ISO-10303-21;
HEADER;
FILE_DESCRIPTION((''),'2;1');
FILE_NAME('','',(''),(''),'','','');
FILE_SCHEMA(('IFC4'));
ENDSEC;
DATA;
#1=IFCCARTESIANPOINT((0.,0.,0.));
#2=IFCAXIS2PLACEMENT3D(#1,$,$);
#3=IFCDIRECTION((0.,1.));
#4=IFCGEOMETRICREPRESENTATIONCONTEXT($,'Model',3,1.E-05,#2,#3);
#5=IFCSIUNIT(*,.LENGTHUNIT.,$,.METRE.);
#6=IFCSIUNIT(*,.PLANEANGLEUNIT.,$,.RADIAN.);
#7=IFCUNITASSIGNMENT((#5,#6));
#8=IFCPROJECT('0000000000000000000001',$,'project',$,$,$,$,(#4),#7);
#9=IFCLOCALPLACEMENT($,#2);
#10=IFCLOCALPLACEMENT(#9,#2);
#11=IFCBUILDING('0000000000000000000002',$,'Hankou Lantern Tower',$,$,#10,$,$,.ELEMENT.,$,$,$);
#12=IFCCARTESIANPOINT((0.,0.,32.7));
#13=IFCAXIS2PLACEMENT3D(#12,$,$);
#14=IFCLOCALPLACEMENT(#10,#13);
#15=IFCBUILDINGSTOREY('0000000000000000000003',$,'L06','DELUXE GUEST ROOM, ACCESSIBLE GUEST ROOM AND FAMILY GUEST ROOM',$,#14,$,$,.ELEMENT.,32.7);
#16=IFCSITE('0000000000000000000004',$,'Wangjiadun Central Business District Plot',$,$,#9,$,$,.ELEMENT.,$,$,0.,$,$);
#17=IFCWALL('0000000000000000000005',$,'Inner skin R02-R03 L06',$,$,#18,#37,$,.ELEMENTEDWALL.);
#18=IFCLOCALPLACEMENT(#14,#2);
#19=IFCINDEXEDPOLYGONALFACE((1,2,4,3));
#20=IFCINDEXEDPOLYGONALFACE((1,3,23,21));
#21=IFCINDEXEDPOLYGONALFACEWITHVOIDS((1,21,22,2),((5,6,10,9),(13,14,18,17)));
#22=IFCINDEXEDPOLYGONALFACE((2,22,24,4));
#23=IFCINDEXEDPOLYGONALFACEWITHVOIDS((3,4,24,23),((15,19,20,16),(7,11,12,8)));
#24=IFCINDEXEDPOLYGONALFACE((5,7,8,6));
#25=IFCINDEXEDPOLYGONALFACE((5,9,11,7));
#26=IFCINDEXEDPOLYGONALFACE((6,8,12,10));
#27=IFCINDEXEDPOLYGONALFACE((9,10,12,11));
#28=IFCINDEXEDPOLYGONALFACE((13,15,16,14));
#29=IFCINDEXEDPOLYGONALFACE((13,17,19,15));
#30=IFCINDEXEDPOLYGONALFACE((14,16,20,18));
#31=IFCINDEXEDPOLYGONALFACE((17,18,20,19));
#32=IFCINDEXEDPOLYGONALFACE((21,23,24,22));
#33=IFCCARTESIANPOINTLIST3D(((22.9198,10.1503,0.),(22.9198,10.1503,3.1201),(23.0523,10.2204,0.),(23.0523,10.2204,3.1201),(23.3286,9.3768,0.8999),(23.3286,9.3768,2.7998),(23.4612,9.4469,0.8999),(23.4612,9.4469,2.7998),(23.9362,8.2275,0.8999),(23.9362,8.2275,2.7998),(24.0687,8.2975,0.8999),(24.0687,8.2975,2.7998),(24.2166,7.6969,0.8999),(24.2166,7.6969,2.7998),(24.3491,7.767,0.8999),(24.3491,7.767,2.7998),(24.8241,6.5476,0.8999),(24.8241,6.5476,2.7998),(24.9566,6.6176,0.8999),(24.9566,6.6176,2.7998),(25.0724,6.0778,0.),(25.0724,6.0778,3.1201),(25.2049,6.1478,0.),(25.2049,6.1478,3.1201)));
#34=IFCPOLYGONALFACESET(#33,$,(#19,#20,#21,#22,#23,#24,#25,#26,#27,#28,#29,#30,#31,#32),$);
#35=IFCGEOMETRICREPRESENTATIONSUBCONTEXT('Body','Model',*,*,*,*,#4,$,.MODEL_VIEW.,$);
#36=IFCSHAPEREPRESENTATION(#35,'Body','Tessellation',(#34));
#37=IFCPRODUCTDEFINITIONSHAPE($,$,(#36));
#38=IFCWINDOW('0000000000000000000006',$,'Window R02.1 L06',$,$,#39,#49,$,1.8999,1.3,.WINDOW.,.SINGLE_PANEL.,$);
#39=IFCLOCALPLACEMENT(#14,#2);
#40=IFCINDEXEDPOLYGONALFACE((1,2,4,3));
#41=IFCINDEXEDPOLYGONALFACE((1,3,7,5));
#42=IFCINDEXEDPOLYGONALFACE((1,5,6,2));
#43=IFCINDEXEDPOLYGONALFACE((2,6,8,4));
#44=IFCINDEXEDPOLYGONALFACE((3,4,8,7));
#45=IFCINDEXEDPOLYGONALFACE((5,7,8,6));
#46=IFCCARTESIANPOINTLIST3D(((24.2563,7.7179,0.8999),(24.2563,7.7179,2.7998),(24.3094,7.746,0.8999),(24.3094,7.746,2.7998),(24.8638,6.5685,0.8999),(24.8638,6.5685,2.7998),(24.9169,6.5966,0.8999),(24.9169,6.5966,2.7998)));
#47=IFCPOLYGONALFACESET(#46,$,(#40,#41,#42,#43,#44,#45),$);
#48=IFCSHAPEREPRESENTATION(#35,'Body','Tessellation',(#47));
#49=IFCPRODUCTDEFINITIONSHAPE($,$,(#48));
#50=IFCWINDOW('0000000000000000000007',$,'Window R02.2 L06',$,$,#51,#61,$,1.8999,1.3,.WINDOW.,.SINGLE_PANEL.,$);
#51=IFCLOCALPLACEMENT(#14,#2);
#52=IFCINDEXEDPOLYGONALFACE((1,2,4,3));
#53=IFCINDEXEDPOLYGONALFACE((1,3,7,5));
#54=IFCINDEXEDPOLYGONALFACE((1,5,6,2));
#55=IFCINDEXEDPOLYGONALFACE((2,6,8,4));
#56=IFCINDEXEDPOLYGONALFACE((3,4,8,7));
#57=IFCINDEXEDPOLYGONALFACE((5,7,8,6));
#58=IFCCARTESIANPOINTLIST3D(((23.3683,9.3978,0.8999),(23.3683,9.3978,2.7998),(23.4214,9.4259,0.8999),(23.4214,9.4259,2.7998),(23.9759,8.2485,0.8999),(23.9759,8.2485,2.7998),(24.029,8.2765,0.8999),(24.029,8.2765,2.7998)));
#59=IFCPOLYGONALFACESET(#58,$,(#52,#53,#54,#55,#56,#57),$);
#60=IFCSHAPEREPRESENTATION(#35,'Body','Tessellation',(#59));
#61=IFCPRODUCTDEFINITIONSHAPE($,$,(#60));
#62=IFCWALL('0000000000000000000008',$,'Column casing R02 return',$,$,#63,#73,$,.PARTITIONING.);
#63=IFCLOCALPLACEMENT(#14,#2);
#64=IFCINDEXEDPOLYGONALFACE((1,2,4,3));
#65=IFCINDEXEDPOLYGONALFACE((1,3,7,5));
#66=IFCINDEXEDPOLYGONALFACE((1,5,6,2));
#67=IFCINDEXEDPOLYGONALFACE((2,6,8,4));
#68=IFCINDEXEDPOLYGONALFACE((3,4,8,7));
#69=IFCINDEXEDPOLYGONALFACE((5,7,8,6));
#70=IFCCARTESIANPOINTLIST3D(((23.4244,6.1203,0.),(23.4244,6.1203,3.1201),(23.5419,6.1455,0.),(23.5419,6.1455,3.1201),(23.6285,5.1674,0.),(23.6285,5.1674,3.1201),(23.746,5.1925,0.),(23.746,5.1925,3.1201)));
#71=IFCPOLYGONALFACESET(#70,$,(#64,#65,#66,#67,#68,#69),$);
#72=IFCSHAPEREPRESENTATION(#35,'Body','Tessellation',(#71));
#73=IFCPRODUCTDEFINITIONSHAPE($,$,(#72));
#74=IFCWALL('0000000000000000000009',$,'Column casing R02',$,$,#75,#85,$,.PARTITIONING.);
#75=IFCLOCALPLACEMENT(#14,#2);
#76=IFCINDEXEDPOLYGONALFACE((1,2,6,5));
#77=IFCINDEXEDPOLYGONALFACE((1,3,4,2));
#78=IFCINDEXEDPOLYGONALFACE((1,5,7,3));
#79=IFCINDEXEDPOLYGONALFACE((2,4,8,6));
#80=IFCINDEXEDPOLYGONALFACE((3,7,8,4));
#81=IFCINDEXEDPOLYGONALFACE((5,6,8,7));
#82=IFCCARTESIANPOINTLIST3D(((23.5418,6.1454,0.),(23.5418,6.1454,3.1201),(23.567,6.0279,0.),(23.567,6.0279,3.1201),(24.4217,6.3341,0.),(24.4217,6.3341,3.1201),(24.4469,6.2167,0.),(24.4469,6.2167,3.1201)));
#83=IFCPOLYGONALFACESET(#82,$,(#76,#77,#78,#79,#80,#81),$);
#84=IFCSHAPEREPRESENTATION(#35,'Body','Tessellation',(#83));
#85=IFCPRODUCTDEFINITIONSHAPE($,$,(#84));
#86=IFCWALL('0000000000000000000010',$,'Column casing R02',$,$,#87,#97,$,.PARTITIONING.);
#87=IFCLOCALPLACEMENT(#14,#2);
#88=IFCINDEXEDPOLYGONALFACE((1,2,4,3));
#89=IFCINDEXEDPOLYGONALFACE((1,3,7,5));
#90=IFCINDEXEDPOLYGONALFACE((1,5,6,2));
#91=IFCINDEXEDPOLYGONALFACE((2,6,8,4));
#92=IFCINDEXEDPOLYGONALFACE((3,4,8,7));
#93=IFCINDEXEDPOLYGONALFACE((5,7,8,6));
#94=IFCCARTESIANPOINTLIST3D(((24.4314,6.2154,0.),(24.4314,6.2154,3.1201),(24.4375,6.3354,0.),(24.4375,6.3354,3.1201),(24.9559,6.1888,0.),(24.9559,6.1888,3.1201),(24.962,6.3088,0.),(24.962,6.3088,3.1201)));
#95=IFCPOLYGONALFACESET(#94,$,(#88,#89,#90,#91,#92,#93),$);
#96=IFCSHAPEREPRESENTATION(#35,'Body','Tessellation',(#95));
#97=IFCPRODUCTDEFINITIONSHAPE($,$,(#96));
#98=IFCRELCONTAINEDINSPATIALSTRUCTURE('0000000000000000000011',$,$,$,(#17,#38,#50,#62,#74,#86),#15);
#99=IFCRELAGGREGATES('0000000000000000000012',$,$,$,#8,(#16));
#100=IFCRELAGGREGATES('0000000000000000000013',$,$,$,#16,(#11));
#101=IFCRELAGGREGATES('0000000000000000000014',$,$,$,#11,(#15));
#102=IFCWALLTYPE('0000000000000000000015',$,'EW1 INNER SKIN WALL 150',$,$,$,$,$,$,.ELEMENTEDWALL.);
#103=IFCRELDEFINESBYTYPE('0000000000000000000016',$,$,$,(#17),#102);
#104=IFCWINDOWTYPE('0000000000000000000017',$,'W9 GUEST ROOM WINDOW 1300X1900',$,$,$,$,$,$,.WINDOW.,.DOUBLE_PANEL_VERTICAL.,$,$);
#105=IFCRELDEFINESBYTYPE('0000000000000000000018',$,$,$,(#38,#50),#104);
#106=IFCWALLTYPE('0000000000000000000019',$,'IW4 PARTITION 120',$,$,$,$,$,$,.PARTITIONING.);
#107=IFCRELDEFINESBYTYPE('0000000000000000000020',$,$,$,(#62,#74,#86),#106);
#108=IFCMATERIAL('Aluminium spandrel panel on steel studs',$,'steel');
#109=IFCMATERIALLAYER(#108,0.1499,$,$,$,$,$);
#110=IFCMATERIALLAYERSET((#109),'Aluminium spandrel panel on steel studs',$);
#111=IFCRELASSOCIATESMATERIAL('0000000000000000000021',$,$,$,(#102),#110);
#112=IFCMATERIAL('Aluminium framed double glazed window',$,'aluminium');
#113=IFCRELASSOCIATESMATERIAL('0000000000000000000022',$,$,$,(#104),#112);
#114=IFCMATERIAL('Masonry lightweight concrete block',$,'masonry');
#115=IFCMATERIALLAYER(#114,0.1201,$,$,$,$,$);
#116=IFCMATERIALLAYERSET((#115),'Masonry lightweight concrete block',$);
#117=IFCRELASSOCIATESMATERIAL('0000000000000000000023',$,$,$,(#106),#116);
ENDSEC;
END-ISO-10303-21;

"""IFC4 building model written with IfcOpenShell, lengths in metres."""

from ifc_helpers import new_model, si_unit, direction, frame, frame_2d, origin, place, context, subcontext, project, spatial, rectangle, extrude, material, layer, layer_set, type_object, element, fill, save


model = new_model("IFC4")

# Units and contexts
model_context = context("Model", 3, precision=1e-05, world=origin(), true_north=direction((0.0, 1.0)))
body_context = subcontext(model_context, "Body", "Model", "MODEL_VIEW")
ifc_project = project(units=[si_unit("LENGTHUNIT", "METRE"), si_unit("PLANEANGLEUNIT", "RADIAN")], contexts=[model_context])

# Site, building, storey
site_placement = place(None, origin())
site = spatial("IfcSite", under=ifc_project, at=site_placement, Name="Wangjiadun Central Business District Plot", CompositionType="ELEMENT", RefElevation=0.0)
building_placement = place(site_placement, origin())
building = spatial("IfcBuilding", under=site, at=building_placement, Name="Hankou Lantern Tower", CompositionType="ELEMENT")
storey_placement = place(building_placement, frame((0.0, 0.0, 32.7)))
storey = spatial("IfcBuildingStorey", under=building, at=storey_placement, Name="L06", Description="DELUXE GUEST ROOM, ACCESSIBLE GUEST ROOM AND FAMILY GUEST ROOM", CompositionType="ELEMENT", Elevation=32.7)

# Wall, openings, windows
ifc_material_1 = material(Name="Aluminium spandrel panel on steel studs", Category="steel")
ifc_layer_1 = layer(ifc_material_1, 0.1499)
ifc_layer_set_1 = layer_set([ifc_layer_1], Name="Aluminium spandrel panel on steel studs")
wall_type_1 = type_object("IfcWallType", Name="EW1 INNER SKIN WALL 150", PredefinedType="ELEMENTEDWALL", material=ifc_layer_set_1)
ifc_material_2 = material(Name="Aluminium framed double glazed window", Category="aluminium")
window_type = type_object("IfcWindowType", Name="W9 GUEST ROOM WINDOW 1300X1900", PartitioningType="DOUBLE_PANEL_VERTICAL", PredefinedType="WINDOW", material=ifc_material_2)
wall_1_placement = place(storey_placement, frame((25.1387, 6.1128, 0.0), z_axis=(0.0, 0.0, 1.0), x_axis=(-0.467303, 0.884097, 0.0)))
wall_1 = element("IfcWall", 1, at=wall_1_placement, inside=storey, type_object=wall_type_1, Name="Inner skin R02-R03 L06", PredefinedType="ELEMENTEDWALL", context=body_context, shape_type="SweptSolid", body=[
    extrude(rectangle(XDim=4.6064, YDim=0.1499, at=frame_2d((2.3032, 0.0))), origin(), (0.0, 0.0, 1.0), 3.1201),
])
opening_1_placement = place(wall_1_placement, frame((0.5315, 0.0, 0.8999)))
opening_1 = element("IfcOpeningElement", 2, at=opening_1_placement, cuts=wall_1, PredefinedType="OPENING", context=body_context, shape_type="SweptSolid", body=[
    extrude(rectangle(XDim=1.3, YDim=1.8999, at=frame_2d((0.6499, 0.95))), frame((0.0, 0.085, 0.0), z_axis=(0.0, -1.0, 0.0), x_axis=(1.0, 0.0, 0.0)), (0.0, 0.0, 1.0), 0.1699),
])
opening_2_placement = place(wall_1_placement, frame((2.4316, 0.0, 0.8999)))
opening_2 = element("IfcOpeningElement", 3, at=opening_2_placement, cuts=wall_1, PredefinedType="OPENING", context=body_context, shape_type="SweptSolid", body=[
    extrude(rectangle(XDim=1.3, YDim=1.8999, at=frame_2d((0.6499, 0.95))), frame((0.0, 0.085, 0.0), z_axis=(0.0, -1.0, 0.0), x_axis=(1.0, 0.0, 0.0)), (0.0, 0.0, 1.0), 0.1699),
])
window_1_placement = place(opening_1_placement, origin())
window_1 = element("IfcWindow", 4, at=window_1_placement, inside=storey, type_object=window_type, Name="Window R02.1 L06", OverallHeight=1.8999, OverallWidth=1.3, PartitioningType="SINGLE_PANEL", PredefinedType="WINDOW", context=body_context, shape_type="SweptSolid", body=[
    extrude(rectangle(XDim=1.3, YDim=1.8999, at=frame_2d((0.6499, 0.95))), frame((0.0, 0.03, 0.0), z_axis=(0.0, -1.0, 0.0), x_axis=(1.0, 0.0, 0.0)), (0.0, 0.0, 1.0), 0.0601),
])
fill(opening_1, window_1)
window_2_placement = place(opening_2_placement, origin())
window_2 = element("IfcWindow", 5, at=window_2_placement, inside=storey, type_object=window_type, Name="Window R02.2 L06", OverallHeight=1.8999, OverallWidth=1.3, PartitioningType="SINGLE_PANEL", PredefinedType="WINDOW", context=body_context, shape_type="SweptSolid", body=[
    extrude(rectangle(XDim=1.3, YDim=1.8999, at=frame_2d((0.6499, 0.95))), frame((0.0, 0.03, 0.0), z_axis=(0.0, -1.0, 0.0), x_axis=(1.0, 0.0, 0.0)), (0.0, 0.0, 1.0), 0.0601),
])
fill(opening_2, window_2)

# Walls
ifc_material_3 = material(Name="Masonry lightweight concrete block", Category="masonry")
ifc_layer_2 = layer(ifc_material_3, 0.1201)
ifc_layer_set_2 = layer_set([ifc_layer_2], Name="Masonry lightweight concrete block")
wall_type_2 = type_object("IfcWallType", Name="IW4 PARTITION 120", PredefinedType="PARTITIONING", material=ifc_layer_set_2)
wall_2_placement = place(storey_placement, frame((23.6873, 5.1799, 0.0), z_axis=(0.0, 0.0, 1.0), x_axis=(-0.209444, 0.977821, 0.0)))
element("IfcWall", 6, at=wall_2_placement, inside=storey, type_object=wall_type_2, Name="Column casing R02 return", PredefinedType="PARTITIONING", context=body_context, shape_type="SweptSolid", body=[
    extrude(rectangle(XDim=0.9746, YDim=0.1201, at=frame_2d((0.4873, 0.0))), origin(), (0.0, 0.0, 1.0), 3.1201),
])
wall_3_placement = place(storey_placement, frame((23.5544, 6.0867, 0.0), z_axis=(0.0, 0.0, 1.0), x_axis=(0.977763, 0.209714, 0.0)))
element("IfcWall", 7, at=wall_3_placement, inside=storey, type_object=wall_type_2, Name="Column casing R02", PredefinedType="PARTITIONING", context=body_context, shape_type="SweptSolid", body=[
    extrude(rectangle(XDim=0.8999, YDim=0.1201, at=frame_2d((0.45, 0.0))), origin(), (0.0, 0.0, 1.0), 3.1201),
])
wall_4_placement = place(storey_placement, frame((24.4343, 6.2754, 0.0), z_axis=(0.0, 0.0, 1.0), x_axis=(0.998715, -0.05068, 0.0)))
element("IfcWall", 8, at=wall_4_placement, inside=storey, type_object=wall_type_2, Name="Column casing R02", PredefinedType="PARTITIONING", context=body_context, shape_type="SweptSolid", body=[
    extrude(rectangle(XDim=0.5251, YDim=0.1201, at=frame_2d((0.2627, 0.0))), origin(), (0.0, 0.0, 1.0), 3.1201),
])

save(model, "model.ifc")
